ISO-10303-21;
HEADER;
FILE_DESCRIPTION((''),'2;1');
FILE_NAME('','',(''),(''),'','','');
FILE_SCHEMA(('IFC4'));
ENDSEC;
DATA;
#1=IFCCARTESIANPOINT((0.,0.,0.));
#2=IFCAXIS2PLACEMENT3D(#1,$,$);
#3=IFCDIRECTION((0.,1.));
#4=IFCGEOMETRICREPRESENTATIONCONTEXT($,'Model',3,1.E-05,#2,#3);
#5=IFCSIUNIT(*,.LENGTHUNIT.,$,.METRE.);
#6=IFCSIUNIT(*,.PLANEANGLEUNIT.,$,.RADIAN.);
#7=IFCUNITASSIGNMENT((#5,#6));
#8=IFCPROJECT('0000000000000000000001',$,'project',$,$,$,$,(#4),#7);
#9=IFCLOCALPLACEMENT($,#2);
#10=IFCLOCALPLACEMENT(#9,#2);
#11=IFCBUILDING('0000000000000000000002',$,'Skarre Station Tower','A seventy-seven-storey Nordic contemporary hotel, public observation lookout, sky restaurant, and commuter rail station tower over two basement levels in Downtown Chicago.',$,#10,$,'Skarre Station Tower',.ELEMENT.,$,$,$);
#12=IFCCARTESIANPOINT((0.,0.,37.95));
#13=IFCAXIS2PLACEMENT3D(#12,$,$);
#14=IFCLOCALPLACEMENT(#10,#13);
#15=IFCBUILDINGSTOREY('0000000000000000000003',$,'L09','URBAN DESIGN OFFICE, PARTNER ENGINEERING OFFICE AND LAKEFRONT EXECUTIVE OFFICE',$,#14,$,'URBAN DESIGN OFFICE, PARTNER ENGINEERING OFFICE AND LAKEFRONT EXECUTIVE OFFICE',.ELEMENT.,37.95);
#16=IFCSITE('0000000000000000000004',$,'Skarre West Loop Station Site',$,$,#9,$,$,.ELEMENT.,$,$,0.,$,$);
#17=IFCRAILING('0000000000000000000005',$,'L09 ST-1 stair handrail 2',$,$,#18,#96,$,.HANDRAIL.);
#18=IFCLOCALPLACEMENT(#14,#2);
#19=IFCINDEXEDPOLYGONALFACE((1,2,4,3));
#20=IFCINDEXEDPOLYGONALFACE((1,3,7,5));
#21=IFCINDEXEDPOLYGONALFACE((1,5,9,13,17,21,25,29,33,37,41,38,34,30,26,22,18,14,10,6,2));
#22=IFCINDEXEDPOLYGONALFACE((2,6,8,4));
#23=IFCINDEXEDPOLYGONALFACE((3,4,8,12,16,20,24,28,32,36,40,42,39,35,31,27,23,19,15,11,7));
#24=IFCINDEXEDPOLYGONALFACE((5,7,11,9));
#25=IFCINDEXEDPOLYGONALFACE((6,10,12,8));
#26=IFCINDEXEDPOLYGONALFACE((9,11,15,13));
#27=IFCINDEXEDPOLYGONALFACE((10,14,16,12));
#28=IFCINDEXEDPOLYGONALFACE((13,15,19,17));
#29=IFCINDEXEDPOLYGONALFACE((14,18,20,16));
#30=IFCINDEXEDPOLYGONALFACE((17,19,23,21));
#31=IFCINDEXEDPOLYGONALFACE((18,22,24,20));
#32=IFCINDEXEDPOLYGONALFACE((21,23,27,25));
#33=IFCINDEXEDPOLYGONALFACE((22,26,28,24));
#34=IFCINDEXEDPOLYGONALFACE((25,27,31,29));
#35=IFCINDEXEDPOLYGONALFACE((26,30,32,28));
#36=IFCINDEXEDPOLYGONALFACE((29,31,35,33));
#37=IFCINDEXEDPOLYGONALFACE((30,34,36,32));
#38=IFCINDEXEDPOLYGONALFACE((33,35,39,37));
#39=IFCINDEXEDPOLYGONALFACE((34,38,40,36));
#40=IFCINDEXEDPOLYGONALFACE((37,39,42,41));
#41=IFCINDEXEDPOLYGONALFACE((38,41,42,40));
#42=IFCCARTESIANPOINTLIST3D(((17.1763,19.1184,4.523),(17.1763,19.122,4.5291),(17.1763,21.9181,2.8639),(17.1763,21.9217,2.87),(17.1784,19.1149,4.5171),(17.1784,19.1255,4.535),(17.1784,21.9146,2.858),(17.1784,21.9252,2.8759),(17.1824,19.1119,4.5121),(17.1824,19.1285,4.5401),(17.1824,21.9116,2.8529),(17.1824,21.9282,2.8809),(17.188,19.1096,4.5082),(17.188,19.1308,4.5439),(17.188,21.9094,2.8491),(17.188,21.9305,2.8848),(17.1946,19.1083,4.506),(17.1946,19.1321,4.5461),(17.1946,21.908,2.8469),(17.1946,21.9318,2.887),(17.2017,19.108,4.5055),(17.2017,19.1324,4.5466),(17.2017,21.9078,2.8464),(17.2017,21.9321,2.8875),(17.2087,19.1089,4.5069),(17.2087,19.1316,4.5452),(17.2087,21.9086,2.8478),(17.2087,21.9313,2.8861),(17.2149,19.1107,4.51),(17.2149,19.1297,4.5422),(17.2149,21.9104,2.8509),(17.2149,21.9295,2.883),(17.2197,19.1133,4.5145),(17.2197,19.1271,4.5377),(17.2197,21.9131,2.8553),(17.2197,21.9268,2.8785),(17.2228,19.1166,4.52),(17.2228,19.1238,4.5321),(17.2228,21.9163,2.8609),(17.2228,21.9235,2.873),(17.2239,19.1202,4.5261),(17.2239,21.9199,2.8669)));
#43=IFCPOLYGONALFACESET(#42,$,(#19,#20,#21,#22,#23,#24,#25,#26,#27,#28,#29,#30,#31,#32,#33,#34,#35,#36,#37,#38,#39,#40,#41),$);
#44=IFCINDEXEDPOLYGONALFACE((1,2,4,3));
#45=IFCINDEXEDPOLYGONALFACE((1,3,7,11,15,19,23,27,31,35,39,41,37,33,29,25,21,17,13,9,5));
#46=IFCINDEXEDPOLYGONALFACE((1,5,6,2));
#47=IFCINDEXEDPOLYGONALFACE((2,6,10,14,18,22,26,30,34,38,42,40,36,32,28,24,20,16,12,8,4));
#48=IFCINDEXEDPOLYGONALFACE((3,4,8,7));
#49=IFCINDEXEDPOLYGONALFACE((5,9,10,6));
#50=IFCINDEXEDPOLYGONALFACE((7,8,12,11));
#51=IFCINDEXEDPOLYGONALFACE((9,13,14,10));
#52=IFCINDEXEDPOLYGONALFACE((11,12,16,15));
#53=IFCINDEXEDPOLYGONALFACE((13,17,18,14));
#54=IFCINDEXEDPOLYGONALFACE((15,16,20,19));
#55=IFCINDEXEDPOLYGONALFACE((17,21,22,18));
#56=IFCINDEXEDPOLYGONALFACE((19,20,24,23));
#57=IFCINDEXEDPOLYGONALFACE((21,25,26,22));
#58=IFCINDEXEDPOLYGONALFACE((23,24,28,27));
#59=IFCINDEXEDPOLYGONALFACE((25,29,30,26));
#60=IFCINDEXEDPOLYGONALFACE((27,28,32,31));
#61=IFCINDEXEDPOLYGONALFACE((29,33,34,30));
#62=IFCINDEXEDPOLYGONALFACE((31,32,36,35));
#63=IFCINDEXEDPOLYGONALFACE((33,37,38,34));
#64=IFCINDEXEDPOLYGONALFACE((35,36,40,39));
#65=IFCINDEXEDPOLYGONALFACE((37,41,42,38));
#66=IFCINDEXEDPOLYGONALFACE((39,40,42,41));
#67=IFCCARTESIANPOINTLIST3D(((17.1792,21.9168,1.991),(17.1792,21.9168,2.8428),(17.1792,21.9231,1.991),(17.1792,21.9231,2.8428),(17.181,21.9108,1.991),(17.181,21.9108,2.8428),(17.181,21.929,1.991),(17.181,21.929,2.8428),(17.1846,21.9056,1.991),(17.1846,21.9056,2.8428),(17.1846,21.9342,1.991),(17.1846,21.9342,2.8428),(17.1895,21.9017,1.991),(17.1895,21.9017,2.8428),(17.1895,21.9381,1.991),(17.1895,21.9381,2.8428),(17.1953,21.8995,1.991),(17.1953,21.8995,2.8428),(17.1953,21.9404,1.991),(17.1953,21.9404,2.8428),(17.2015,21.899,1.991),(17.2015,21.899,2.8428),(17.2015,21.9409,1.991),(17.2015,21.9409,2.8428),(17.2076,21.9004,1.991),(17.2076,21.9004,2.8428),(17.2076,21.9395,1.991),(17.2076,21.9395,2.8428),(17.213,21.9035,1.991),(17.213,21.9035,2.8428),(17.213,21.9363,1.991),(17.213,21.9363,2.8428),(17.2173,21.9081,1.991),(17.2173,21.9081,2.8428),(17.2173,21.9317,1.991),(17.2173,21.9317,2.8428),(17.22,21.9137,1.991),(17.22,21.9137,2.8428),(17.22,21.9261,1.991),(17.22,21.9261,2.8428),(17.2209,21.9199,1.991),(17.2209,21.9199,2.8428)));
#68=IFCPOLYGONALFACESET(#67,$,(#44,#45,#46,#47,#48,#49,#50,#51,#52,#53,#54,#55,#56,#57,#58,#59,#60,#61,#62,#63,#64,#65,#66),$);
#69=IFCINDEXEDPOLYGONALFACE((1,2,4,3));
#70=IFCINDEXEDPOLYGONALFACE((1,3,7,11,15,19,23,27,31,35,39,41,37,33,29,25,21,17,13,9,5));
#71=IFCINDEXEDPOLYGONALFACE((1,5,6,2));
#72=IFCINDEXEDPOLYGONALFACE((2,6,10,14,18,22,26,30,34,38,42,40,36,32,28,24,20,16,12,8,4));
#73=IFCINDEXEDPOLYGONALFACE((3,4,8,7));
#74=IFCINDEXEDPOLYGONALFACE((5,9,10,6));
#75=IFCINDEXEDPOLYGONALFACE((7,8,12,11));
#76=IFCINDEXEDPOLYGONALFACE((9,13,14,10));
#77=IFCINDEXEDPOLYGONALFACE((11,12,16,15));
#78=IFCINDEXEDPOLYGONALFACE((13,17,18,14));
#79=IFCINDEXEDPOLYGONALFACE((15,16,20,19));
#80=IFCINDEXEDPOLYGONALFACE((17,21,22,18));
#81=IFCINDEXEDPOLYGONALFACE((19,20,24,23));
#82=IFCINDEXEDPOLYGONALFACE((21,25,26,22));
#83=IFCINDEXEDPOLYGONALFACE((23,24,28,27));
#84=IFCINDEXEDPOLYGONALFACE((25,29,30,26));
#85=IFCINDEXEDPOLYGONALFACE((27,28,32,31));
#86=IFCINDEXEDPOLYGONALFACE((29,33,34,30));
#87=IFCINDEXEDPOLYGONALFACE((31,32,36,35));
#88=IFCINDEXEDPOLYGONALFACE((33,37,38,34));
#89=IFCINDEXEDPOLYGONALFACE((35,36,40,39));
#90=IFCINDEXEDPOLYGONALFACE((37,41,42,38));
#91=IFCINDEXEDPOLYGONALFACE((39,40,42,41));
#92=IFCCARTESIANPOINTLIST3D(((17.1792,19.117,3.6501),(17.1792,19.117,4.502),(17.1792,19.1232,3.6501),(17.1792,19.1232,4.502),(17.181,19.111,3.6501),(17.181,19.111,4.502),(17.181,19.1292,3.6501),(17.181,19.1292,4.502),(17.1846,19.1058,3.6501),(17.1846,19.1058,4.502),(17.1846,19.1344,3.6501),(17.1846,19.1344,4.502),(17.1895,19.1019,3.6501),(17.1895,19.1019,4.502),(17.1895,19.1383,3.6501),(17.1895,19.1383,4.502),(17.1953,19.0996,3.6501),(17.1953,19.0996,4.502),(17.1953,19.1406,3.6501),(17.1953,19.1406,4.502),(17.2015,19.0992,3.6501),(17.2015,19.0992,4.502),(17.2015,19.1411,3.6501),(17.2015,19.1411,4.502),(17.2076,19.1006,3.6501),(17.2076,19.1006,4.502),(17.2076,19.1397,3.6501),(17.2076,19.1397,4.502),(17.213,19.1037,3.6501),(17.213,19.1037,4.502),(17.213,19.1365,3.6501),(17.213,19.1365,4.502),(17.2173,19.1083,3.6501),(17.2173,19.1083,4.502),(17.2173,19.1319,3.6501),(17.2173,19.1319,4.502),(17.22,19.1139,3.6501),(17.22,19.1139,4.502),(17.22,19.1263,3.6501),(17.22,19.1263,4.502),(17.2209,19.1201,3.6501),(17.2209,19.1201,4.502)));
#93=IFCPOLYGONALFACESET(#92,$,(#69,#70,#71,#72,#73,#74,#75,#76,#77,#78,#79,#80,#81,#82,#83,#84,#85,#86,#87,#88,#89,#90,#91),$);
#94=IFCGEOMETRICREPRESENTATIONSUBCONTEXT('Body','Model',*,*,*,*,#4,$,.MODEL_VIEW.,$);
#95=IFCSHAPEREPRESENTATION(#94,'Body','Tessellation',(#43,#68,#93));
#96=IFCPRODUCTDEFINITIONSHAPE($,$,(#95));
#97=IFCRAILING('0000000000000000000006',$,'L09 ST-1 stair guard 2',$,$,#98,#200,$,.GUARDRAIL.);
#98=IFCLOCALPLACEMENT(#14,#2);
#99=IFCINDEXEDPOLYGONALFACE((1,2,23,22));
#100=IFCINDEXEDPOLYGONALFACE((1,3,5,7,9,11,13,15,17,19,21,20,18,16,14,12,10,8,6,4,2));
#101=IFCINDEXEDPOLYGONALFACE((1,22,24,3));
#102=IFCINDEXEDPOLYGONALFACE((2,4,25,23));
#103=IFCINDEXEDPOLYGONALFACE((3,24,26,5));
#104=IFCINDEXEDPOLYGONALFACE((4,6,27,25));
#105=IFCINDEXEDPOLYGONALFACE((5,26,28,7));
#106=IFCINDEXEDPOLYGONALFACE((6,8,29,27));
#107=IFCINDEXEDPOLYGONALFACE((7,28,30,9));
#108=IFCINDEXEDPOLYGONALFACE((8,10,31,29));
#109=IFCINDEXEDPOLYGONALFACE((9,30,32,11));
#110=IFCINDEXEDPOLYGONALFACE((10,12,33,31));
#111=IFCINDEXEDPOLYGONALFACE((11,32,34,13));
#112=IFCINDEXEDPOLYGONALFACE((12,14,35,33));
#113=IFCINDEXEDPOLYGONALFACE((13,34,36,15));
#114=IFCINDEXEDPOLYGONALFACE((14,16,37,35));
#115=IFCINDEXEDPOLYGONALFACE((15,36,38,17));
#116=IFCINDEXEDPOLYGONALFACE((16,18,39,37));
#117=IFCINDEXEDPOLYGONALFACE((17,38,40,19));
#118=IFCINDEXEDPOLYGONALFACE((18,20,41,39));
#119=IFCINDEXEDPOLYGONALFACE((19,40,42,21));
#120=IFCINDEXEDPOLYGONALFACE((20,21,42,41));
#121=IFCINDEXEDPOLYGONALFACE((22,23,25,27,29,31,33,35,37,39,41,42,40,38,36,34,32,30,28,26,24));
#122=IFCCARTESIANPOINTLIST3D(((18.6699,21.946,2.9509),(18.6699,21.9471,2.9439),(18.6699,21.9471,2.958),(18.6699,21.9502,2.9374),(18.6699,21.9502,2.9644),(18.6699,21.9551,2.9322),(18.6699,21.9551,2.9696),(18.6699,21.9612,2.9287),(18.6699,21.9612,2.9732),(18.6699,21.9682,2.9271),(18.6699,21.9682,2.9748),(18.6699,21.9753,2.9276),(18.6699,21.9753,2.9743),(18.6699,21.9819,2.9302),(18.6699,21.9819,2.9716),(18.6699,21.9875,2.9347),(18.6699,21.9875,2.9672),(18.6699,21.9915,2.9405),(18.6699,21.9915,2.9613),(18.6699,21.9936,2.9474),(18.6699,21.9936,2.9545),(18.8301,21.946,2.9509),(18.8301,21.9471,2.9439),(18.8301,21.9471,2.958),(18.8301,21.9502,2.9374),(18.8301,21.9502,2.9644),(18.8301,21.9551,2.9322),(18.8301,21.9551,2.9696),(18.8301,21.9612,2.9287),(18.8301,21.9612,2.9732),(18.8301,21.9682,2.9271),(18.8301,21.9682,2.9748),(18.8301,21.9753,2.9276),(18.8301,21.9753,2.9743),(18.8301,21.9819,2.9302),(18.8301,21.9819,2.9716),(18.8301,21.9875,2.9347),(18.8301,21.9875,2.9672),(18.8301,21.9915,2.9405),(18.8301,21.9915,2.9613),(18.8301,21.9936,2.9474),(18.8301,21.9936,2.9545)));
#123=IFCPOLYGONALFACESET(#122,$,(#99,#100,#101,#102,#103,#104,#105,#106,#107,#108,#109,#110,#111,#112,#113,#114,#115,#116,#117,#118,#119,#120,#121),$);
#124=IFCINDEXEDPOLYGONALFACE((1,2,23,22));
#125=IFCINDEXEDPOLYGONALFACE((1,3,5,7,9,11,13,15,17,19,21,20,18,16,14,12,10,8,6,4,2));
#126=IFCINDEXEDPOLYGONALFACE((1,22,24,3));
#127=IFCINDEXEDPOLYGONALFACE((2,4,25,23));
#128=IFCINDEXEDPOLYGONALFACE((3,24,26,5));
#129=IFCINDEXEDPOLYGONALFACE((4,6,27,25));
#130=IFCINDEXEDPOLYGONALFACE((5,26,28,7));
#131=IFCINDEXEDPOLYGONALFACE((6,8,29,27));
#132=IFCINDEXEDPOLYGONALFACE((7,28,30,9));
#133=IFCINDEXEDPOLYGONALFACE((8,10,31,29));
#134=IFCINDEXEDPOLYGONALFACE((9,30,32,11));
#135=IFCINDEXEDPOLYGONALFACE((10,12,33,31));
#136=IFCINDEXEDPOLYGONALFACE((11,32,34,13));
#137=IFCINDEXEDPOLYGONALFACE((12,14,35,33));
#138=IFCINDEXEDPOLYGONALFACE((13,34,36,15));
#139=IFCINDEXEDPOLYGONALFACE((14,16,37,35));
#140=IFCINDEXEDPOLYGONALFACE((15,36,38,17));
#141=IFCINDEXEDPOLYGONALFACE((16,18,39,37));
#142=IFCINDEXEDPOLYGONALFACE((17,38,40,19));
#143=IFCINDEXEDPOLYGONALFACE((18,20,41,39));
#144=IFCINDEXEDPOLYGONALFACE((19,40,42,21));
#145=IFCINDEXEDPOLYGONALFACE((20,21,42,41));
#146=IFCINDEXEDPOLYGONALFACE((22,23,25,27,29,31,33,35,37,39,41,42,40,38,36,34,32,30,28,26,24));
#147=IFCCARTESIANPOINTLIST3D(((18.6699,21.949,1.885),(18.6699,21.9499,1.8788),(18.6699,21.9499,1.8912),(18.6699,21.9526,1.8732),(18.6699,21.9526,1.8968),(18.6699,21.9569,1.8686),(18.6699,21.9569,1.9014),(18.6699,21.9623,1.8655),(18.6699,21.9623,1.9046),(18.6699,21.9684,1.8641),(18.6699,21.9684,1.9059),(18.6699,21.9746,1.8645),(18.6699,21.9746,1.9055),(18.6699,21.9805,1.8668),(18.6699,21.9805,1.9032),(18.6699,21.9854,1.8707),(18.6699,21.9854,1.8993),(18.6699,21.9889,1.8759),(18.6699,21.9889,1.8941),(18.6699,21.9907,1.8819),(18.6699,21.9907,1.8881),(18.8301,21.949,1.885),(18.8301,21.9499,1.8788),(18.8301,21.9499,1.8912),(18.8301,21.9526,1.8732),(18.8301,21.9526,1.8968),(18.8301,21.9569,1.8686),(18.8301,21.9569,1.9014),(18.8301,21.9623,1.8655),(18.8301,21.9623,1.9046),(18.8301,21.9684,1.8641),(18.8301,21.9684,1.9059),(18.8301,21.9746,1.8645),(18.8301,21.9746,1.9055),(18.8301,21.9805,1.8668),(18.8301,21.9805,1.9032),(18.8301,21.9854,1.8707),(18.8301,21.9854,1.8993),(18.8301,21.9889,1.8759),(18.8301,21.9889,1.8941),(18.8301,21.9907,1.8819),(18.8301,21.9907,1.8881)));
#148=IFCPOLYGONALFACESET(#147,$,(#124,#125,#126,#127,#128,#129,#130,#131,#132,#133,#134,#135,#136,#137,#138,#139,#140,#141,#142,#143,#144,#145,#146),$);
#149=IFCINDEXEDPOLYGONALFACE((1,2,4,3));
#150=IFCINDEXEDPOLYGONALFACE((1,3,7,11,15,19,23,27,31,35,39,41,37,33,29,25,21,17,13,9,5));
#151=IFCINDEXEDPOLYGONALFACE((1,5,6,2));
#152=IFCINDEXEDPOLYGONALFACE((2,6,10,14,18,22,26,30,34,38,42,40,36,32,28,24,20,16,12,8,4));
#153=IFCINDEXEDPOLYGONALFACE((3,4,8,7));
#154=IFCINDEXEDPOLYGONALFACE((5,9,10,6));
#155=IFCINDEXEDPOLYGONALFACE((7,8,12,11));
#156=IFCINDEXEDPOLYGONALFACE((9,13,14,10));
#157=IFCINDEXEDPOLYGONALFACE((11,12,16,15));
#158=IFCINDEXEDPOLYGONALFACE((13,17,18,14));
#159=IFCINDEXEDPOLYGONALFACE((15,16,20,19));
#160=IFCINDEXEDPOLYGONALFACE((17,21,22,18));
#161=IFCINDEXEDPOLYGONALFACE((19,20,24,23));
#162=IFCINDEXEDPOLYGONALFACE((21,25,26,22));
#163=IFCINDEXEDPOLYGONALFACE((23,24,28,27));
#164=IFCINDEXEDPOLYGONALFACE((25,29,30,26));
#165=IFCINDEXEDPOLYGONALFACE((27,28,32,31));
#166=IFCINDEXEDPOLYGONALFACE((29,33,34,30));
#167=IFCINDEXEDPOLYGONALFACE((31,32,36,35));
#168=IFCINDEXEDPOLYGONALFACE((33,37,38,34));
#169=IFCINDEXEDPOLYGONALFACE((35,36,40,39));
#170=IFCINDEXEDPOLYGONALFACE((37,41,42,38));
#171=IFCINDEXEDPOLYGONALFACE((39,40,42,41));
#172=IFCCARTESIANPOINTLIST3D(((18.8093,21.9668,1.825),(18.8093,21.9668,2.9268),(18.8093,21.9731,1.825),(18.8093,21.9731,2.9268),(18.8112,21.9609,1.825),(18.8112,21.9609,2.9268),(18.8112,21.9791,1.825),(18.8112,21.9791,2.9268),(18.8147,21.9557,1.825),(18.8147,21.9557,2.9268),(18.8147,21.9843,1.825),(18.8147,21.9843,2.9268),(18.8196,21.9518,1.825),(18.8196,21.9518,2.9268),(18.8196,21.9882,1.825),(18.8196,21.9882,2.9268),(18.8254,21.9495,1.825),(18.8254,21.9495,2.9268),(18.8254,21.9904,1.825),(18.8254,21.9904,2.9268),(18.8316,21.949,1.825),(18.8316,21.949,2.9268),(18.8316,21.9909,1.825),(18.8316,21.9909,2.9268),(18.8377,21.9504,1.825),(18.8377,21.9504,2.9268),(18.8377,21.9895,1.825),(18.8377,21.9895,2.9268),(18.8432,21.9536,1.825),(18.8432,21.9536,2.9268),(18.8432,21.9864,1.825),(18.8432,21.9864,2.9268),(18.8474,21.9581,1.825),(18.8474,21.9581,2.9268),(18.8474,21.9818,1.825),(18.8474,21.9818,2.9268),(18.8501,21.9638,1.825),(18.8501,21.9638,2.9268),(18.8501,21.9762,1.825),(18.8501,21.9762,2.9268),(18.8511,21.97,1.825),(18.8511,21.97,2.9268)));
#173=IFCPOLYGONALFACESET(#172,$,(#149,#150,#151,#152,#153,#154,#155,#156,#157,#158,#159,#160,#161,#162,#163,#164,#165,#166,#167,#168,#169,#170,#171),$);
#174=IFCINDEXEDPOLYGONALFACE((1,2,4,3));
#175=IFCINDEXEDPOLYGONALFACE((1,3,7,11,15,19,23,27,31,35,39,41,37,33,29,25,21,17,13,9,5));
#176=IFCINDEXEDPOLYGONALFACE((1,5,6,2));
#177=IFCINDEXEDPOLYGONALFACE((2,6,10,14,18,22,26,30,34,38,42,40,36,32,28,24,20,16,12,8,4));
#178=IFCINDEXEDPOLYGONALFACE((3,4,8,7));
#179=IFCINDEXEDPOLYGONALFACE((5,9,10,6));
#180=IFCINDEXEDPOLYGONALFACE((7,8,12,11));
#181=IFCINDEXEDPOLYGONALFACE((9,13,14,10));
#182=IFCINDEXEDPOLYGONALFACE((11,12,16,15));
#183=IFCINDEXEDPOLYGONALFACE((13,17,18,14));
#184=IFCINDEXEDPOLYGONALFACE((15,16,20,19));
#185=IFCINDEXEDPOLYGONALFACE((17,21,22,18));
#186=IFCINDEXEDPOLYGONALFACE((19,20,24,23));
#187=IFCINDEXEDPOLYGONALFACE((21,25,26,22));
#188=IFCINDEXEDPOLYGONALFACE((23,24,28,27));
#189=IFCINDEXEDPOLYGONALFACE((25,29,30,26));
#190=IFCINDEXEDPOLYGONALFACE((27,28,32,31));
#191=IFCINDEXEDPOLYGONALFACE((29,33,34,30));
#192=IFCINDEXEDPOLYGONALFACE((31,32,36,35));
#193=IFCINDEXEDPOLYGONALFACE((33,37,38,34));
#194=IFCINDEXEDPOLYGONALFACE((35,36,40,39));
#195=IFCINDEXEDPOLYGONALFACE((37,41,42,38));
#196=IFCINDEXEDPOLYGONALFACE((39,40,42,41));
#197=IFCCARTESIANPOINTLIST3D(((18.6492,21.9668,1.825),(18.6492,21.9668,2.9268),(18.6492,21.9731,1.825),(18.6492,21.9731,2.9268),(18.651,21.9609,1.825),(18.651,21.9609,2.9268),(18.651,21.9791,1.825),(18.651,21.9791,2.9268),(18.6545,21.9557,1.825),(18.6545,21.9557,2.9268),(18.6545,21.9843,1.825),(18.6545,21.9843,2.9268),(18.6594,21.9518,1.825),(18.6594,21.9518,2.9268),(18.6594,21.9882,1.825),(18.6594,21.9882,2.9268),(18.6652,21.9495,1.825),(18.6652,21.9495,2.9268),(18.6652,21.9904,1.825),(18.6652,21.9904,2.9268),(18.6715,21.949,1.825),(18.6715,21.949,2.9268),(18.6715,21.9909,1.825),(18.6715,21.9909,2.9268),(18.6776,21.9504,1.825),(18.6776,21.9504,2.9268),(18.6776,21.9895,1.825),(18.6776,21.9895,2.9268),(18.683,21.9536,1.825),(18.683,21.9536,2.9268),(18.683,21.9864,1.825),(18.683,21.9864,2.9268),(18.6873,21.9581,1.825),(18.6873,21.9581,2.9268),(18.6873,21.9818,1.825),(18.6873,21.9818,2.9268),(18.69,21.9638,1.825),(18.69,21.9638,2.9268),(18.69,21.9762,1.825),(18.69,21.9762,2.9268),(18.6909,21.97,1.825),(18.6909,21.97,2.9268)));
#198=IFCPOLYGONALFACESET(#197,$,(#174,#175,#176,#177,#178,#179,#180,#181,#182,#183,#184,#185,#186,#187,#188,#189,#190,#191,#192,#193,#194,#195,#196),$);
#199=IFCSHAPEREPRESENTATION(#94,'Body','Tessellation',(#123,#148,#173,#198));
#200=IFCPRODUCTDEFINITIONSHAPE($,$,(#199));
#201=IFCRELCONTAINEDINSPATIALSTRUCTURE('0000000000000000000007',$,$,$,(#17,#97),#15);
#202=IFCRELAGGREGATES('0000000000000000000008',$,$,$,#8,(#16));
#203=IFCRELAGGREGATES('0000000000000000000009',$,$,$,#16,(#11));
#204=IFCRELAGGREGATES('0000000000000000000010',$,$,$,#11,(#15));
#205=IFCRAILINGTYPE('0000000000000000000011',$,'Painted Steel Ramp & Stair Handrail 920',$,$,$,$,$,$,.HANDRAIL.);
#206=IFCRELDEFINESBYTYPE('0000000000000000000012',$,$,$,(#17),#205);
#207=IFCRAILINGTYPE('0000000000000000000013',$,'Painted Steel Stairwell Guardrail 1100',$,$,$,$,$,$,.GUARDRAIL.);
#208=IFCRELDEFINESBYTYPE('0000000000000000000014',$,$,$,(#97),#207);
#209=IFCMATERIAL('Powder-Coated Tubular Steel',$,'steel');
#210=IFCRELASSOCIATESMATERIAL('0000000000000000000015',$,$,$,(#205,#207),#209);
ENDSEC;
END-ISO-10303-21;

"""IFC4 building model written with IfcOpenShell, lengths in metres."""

from ifc_helpers import new_model, si_unit, direction, frame, origin, origin_2d, place, context, subcontext, project, spatial, circle, extrude, material, type_object, element, save


model = new_model("IFC4")

# Units and contexts
model_context = context("Model", 3, precision=1e-05, world=origin(), true_north=direction((0.0, 1.0)))
body_context = subcontext(model_context, "Body", "Model", "MODEL_VIEW")
ifc_project = project(units=[si_unit("LENGTHUNIT", "METRE"), si_unit("PLANEANGLEUNIT", "RADIAN")], contexts=[model_context])

# Site, building, storey
site_placement = place(None, origin())
site = spatial("IfcSite", under=ifc_project, at=site_placement, Name="Skarre West Loop Station Site", CompositionType="ELEMENT", RefElevation=0.0)
building_placement = place(site_placement, origin())
building = spatial("IfcBuilding", under=site, at=building_placement, Name="Skarre Station Tower", Description="A seventy-seven-storey Nordic contemporary hotel, public observation lookout, sky restaurant, and commuter rail station tower over two basement levels in Downtown Chicago.", LongName="Skarre Station Tower", CompositionType="ELEMENT")
storey_placement = place(building_placement, frame((0.0, 0.0, 37.95)))
storey = spatial("IfcBuildingStorey", under=building, at=storey_placement, Name="L09", Description="URBAN DESIGN OFFICE, PARTNER ENGINEERING OFFICE AND LAKEFRONT EXECUTIVE OFFICE", LongName="URBAN DESIGN OFFICE, PARTNER ENGINEERING OFFICE AND LAKEFRONT EXECUTIVE OFFICE", CompositionType="ELEMENT", Elevation=37.95)

# Railings
ifc_material_1 = material(Name="Powder-Coated Tubular Steel", Category="steel")
railing_type_1 = type_object("IfcRailingType", Name="Painted Steel Ramp & Stair Handrail 920", PredefinedType="HANDRAIL", material=ifc_material_1)
railing_1_placement = place(storey_placement, frame((17.2, 21.9199, 1.991)))
element("IfcRailing", 1, at=railing_1_placement, inside=storey, type_object=railing_type_1, Name="L09 ST-1 stair handrail 2", PredefinedType="HANDRAIL", context=body_context, shape_type="SweptSolid", body=[
    extrude(circle(Radius=0.0239, at=origin_2d()), frame((0.0, 0.0, 0.876), z_axis=(0.0, -0.860287, 0.509811), x_axis=(1.0, 0.0, 0.0)), (0.0, 0.0, 1.0), 3.2544),
    extrude(circle(Radius=0.021, at=origin_2d()), origin(), (0.0, 0.0, 1.0), 0.8518),
    extrude(circle(Radius=0.021, at=origin_2d()), frame((0.0, -2.7998, 1.6592)), (0.0, 0.0, 1.0), 0.8518),
])
railing_type_2 = type_object("IfcRailingType", Name="Painted Steel Stairwell Guardrail 1100", PredefinedType="GUARDRAIL", material=ifc_material_1)
railing_2_placement = place(storey_placement, frame((18.8301, 21.97, 1.825)))
element("IfcRailing", 2, at=railing_2_placement, inside=storey, type_object=railing_type_2, Name="L09 ST-1 stair guard 2", PredefinedType="GUARDRAIL", context=body_context, shape_type="SweptSolid", body=[
    extrude(circle(Radius=0.0239, at=origin_2d()), frame((0.0, 0.0, 1.126), z_axis=(-1.0, 0.0, 0.0), x_axis=(0.0, -1.0, 0.0)), (0.0, 0.0, 1.0), 0.1602),
    extrude(circle(Radius=0.021, at=origin_2d()), frame((0.0, 0.0, 0.0601), z_axis=(-1.0, 0.0, 0.0), x_axis=(0.0, -1.0, 0.0)), (0.0, 0.0, 1.0), 0.1602),
    extrude(circle(Radius=0.021, at=origin_2d()), origin(), (0.0, 0.0, 1.0), 1.1018),
    extrude(circle(Radius=0.021, at=origin_2d()), frame((-0.1602, 0.0, 0.0)), (0.0, 0.0, 1.0), 1.1018),
])

save(model, "model.ifc")
